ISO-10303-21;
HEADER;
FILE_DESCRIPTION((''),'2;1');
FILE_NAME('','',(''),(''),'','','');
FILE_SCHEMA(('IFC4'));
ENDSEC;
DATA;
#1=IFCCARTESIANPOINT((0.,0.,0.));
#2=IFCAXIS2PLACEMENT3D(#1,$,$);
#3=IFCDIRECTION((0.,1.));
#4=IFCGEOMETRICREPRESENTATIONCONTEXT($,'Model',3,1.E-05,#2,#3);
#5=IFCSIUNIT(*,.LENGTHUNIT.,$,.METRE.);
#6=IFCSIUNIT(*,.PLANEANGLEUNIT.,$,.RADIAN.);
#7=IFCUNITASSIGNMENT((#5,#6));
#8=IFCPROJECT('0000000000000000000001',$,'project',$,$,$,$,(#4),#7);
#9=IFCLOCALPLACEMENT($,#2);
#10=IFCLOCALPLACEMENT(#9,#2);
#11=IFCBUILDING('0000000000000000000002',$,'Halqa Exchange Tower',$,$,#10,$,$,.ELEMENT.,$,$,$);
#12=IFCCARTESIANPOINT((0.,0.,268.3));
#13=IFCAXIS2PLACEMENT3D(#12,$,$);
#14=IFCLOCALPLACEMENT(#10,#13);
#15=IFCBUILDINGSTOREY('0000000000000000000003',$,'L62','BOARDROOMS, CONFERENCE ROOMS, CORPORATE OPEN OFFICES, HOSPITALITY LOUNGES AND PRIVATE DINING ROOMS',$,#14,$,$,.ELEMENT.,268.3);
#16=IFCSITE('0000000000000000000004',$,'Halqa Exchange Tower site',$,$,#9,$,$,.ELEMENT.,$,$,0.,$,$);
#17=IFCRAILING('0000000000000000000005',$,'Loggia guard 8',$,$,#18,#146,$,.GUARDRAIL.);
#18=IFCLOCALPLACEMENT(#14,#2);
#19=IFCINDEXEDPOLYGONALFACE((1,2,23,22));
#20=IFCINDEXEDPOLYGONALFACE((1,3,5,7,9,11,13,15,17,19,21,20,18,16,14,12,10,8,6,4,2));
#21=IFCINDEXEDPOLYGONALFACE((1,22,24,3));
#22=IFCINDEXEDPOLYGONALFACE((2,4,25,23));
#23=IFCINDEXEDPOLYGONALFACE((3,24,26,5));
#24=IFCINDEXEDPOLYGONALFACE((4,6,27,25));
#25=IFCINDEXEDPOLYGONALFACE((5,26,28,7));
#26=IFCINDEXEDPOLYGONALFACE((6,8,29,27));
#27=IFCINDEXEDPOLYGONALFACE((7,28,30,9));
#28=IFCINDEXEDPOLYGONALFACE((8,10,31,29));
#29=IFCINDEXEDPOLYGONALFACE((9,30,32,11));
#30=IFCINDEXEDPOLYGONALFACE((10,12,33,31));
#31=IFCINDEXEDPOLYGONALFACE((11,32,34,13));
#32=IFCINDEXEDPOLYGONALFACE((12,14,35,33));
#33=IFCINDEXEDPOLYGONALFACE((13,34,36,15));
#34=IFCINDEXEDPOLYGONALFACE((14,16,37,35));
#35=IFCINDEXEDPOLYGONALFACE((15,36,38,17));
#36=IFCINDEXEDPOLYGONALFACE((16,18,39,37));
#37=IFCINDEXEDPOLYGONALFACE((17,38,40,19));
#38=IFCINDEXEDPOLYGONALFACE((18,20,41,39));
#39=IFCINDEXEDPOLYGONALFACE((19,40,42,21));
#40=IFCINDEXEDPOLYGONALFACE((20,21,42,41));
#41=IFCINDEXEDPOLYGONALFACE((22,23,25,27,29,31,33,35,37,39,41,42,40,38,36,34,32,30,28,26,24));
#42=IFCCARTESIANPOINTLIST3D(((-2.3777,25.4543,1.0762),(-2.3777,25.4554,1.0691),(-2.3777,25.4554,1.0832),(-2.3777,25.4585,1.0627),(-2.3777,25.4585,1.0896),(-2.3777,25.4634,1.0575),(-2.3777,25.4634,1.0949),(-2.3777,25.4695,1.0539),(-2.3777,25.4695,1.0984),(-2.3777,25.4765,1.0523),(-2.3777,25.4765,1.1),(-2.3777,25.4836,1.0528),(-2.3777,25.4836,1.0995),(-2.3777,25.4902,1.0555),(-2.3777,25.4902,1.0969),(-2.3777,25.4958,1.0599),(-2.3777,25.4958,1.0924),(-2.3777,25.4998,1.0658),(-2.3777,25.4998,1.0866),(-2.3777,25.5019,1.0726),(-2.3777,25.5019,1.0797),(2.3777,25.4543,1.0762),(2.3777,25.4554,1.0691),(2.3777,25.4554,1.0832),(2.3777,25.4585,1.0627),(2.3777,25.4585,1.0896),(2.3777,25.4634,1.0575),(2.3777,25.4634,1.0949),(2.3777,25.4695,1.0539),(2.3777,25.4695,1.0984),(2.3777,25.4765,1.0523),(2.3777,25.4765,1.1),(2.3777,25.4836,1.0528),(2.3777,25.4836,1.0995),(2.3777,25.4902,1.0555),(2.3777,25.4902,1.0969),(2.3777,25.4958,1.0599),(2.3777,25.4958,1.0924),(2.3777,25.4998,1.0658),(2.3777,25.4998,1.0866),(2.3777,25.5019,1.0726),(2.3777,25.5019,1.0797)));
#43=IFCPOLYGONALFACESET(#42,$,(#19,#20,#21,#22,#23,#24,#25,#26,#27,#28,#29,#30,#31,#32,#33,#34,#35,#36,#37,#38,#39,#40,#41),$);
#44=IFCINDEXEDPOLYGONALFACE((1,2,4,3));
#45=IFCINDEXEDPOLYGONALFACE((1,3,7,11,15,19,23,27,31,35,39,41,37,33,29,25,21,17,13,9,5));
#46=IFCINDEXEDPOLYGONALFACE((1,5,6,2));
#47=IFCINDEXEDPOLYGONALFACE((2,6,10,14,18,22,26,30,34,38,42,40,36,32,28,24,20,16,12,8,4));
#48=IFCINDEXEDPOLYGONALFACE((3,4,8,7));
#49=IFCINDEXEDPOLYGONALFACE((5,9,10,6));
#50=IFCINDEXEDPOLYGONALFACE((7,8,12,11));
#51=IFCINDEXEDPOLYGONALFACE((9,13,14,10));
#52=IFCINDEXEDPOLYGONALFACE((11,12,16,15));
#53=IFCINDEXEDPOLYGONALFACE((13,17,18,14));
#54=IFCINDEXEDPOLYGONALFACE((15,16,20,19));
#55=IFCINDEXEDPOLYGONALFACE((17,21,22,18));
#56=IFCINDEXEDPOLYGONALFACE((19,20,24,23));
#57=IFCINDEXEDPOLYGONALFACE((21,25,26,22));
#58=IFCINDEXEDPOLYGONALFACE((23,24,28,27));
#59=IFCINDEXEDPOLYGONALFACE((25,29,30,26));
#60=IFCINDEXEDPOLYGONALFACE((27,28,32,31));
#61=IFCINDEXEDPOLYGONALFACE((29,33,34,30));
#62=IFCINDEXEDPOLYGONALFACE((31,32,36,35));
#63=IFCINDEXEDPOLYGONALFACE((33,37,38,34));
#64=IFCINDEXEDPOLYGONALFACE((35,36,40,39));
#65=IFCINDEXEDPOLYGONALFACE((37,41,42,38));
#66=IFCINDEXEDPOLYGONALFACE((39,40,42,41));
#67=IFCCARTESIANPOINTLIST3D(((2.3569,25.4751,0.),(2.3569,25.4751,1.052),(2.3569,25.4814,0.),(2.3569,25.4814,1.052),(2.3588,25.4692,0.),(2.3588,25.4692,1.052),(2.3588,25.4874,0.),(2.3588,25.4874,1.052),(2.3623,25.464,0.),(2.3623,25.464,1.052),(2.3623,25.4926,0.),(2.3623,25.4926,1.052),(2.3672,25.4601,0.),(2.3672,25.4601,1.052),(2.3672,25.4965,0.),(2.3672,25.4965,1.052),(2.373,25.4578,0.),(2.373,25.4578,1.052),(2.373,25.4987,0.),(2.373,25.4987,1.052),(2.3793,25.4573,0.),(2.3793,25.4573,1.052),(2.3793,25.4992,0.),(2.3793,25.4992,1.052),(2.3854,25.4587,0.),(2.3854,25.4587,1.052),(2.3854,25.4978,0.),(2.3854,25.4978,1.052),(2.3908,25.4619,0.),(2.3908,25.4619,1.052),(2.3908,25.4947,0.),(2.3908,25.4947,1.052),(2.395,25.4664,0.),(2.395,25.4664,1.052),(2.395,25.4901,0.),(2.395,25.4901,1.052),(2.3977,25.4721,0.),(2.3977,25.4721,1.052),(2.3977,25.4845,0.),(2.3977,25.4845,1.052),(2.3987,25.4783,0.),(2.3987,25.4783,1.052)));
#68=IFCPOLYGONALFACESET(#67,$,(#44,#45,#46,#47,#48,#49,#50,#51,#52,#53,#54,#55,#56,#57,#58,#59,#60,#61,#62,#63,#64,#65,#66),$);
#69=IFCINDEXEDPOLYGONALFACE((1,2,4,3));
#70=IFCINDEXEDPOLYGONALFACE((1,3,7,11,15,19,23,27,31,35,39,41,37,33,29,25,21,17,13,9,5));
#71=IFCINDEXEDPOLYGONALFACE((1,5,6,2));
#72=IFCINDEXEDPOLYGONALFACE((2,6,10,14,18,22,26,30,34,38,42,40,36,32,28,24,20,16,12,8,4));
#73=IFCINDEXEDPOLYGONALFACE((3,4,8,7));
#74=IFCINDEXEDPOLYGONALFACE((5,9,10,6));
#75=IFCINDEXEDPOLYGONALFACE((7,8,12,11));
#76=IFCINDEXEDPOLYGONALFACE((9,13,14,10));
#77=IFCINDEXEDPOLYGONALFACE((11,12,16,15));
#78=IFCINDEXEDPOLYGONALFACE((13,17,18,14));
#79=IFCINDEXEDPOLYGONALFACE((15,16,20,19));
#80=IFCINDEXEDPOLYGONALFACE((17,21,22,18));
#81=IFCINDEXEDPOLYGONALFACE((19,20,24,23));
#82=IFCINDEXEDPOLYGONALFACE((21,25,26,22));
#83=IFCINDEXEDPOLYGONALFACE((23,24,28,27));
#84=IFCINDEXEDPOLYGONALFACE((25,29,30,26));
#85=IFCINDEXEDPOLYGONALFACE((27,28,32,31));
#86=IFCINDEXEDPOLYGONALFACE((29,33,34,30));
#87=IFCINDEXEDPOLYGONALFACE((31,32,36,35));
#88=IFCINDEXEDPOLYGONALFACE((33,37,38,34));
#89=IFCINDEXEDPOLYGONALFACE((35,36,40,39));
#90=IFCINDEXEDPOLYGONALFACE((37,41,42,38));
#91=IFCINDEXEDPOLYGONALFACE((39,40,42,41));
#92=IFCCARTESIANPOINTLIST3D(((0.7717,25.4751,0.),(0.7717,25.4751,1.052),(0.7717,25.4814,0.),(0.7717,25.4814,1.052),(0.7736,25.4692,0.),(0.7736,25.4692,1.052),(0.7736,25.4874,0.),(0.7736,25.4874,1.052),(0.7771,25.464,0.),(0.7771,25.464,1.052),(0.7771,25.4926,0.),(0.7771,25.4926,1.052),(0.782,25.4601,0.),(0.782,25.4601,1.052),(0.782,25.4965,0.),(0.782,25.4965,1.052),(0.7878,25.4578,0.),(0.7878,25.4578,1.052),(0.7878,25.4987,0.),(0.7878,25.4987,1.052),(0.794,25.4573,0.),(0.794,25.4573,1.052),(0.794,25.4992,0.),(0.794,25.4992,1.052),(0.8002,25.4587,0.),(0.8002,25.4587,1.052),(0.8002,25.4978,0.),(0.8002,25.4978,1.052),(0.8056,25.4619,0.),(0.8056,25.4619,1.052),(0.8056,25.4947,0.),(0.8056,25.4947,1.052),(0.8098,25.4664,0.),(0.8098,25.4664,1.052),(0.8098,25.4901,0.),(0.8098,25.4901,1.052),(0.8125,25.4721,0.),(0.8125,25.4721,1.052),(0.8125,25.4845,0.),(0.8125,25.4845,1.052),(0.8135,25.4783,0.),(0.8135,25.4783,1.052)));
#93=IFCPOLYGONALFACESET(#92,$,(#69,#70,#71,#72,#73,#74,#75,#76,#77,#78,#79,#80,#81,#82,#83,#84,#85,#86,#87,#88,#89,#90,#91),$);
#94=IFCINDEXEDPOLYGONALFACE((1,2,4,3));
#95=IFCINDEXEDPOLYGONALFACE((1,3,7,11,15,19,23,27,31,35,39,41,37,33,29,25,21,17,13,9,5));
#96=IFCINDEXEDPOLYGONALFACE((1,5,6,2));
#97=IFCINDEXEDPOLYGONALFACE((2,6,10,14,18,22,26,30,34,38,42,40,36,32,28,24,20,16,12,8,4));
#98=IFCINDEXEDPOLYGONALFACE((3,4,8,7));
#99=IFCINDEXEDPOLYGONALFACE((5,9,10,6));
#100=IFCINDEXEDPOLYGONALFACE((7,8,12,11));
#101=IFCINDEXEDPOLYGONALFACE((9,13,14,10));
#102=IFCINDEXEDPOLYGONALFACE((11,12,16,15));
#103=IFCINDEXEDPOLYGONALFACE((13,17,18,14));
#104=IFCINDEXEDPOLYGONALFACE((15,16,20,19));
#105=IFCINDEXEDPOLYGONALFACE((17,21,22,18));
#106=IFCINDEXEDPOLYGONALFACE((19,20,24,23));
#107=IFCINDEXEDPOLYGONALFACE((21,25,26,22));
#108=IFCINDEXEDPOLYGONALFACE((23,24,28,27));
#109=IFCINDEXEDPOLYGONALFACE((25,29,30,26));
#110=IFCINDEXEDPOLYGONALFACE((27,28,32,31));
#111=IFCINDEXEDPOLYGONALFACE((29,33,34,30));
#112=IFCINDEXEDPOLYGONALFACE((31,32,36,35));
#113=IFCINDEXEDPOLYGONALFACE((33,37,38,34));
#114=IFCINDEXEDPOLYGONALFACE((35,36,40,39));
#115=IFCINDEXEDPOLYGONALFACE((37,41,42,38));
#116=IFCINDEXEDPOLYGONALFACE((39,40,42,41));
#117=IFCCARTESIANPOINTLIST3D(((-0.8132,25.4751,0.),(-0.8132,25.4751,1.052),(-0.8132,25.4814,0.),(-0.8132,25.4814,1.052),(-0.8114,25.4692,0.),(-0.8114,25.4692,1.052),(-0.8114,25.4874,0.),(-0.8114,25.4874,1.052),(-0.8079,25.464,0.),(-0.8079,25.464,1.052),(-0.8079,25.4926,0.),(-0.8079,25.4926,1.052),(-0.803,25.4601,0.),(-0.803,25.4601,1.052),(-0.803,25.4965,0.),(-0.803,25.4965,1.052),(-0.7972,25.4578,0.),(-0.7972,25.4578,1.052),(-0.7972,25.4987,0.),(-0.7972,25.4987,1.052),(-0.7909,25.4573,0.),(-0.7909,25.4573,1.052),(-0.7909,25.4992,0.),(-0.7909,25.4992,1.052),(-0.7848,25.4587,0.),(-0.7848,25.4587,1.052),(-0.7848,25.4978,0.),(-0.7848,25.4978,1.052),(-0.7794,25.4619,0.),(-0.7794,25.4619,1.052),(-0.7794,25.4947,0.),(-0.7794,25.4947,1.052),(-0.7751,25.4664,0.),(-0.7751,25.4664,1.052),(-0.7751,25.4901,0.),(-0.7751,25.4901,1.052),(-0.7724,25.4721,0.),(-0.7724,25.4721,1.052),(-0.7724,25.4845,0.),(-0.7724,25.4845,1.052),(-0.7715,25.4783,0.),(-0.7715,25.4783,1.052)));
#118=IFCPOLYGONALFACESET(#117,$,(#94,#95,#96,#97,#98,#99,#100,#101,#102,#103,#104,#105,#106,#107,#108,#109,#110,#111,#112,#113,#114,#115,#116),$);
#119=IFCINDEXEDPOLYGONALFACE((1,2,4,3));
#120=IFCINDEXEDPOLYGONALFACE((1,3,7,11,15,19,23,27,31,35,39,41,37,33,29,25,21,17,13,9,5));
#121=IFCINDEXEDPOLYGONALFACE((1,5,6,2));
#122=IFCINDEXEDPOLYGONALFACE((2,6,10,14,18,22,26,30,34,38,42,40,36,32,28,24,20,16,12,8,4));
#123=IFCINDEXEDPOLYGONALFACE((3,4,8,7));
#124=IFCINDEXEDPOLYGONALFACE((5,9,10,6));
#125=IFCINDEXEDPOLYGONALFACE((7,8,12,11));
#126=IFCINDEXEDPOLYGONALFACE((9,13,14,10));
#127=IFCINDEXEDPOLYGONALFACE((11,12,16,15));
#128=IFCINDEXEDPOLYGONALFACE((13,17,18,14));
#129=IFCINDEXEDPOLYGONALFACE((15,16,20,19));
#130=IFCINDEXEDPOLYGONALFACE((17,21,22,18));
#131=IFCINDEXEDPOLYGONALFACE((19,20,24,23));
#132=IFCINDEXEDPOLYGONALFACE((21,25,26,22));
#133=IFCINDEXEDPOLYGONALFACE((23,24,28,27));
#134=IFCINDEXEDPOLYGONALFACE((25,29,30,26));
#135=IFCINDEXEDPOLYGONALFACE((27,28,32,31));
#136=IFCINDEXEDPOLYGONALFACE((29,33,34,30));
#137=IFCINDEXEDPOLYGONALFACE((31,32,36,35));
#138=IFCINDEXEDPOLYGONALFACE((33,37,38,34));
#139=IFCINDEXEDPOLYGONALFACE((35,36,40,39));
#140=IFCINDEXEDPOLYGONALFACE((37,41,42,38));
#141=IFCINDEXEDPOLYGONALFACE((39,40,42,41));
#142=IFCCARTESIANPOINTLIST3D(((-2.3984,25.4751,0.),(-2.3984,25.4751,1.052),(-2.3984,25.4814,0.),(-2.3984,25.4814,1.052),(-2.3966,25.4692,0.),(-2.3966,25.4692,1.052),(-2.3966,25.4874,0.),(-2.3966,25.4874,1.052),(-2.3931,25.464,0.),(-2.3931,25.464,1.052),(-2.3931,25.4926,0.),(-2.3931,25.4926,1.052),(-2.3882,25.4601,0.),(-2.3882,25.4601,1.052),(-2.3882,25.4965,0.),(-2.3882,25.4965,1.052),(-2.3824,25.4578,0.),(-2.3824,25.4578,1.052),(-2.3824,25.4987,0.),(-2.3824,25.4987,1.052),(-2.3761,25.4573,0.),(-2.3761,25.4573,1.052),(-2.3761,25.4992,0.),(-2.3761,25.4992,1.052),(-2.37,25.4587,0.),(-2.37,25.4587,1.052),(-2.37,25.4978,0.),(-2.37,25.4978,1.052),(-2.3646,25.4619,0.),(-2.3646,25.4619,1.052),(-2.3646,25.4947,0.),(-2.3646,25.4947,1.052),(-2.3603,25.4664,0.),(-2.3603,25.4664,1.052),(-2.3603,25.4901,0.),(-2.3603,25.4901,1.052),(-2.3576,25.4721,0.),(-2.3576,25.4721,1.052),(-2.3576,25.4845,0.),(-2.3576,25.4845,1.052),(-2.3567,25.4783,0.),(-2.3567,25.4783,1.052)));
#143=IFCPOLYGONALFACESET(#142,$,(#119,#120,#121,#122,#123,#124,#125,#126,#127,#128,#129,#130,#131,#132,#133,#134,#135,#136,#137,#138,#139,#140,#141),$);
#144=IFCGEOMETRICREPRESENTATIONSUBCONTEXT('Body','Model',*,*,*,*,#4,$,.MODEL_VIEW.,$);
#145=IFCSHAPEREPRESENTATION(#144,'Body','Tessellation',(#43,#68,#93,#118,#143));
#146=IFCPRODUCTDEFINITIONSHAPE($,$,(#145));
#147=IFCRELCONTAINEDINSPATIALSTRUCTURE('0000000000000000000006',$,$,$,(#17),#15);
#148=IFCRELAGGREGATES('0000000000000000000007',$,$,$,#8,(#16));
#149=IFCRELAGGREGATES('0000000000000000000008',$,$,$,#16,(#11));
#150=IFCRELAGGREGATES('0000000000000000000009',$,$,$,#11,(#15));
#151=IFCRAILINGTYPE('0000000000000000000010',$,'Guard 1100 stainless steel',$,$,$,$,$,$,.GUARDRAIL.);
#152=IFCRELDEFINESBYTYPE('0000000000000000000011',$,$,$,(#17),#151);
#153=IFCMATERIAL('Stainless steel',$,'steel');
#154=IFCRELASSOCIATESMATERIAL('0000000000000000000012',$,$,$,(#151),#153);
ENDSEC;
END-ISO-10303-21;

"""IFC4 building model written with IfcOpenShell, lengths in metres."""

from ifc_helpers import new_model, si_unit, direction, frame, origin, origin_2d, place, context, subcontext, project, spatial, circle, extrude, material, type_object, element, save


model = new_model("IFC4")

# Units and contexts
model_context = context("Model", 3, precision=1e-05, world=origin(), true_north=direction((0.0, 1.0)))
body_context = subcontext(model_context, "Body", "Model", "MODEL_VIEW")
ifc_project = project(units=[si_unit("LENGTHUNIT", "METRE"), si_unit("PLANEANGLEUNIT", "RADIAN")], contexts=[model_context])

# Site, building, storey
site_placement = place(None, origin())
site = spatial("IfcSite", under=ifc_project, at=site_placement, Name="Halqa Exchange Tower site", CompositionType="ELEMENT", RefElevation=0.0)
building_placement = place(site_placement, origin())
building = spatial("IfcBuilding", under=site, at=building_placement, Name="Halqa Exchange Tower", CompositionType="ELEMENT")
storey_placement = place(building_placement, frame((0.0, 0.0, 268.3)))
storey = spatial("IfcBuildingStorey", under=building, at=storey_placement, Name="L62", Description="BOARDROOMS, CONFERENCE ROOMS, CORPORATE OPEN OFFICES, HOSPITALITY LOUNGES AND PRIVATE DINING ROOMS", CompositionType="ELEMENT", Elevation=268.3)

# Railing
ifc_material_1 = material(Name="Stainless steel", Category="steel")
railing_type_1 = type_object("IfcRailingType", Name="Guard 1100 stainless steel", PredefinedType="GUARDRAIL", material=ifc_material_1)
railing_1_placement = place(storey_placement, frame((2.3777, 25.4783, 0.0)))
element("IfcRailing", 1, at=railing_1_placement, inside=storey, type_object=railing_type_1, Name="Loggia guard 8", PredefinedType="GUARDRAIL", context=body_context, shape_type="SweptSolid", body=[
    extrude(circle(Radius=0.0239, at=origin_2d()), frame((0.0, 0.0, 1.0762), z_axis=(-1.0, 0.0, 0.0), x_axis=(0.0, -1.0, 0.0)), (0.0, 0.0, 1.0), 4.7554),
    extrude(circle(Radius=0.021, at=origin_2d()), origin(), (0.0, 0.0, 1.0), 1.052),
    extrude(circle(Radius=0.021, at=origin_2d()), frame((-1.5852, 0.0, 0.0)), (0.0, 0.0, 1.0), 1.052),
    extrude(circle(Radius=0.021, at=origin_2d()), frame((-3.1702, 0.0, 0.0)), (0.0, 0.0, 1.0), 1.052),
    extrude(circle(Radius=0.021, at=origin_2d()), frame((-4.7554, 0.0, 0.0)), (0.0, 0.0, 1.0), 1.052),
])

save(model, "model.ifc")
